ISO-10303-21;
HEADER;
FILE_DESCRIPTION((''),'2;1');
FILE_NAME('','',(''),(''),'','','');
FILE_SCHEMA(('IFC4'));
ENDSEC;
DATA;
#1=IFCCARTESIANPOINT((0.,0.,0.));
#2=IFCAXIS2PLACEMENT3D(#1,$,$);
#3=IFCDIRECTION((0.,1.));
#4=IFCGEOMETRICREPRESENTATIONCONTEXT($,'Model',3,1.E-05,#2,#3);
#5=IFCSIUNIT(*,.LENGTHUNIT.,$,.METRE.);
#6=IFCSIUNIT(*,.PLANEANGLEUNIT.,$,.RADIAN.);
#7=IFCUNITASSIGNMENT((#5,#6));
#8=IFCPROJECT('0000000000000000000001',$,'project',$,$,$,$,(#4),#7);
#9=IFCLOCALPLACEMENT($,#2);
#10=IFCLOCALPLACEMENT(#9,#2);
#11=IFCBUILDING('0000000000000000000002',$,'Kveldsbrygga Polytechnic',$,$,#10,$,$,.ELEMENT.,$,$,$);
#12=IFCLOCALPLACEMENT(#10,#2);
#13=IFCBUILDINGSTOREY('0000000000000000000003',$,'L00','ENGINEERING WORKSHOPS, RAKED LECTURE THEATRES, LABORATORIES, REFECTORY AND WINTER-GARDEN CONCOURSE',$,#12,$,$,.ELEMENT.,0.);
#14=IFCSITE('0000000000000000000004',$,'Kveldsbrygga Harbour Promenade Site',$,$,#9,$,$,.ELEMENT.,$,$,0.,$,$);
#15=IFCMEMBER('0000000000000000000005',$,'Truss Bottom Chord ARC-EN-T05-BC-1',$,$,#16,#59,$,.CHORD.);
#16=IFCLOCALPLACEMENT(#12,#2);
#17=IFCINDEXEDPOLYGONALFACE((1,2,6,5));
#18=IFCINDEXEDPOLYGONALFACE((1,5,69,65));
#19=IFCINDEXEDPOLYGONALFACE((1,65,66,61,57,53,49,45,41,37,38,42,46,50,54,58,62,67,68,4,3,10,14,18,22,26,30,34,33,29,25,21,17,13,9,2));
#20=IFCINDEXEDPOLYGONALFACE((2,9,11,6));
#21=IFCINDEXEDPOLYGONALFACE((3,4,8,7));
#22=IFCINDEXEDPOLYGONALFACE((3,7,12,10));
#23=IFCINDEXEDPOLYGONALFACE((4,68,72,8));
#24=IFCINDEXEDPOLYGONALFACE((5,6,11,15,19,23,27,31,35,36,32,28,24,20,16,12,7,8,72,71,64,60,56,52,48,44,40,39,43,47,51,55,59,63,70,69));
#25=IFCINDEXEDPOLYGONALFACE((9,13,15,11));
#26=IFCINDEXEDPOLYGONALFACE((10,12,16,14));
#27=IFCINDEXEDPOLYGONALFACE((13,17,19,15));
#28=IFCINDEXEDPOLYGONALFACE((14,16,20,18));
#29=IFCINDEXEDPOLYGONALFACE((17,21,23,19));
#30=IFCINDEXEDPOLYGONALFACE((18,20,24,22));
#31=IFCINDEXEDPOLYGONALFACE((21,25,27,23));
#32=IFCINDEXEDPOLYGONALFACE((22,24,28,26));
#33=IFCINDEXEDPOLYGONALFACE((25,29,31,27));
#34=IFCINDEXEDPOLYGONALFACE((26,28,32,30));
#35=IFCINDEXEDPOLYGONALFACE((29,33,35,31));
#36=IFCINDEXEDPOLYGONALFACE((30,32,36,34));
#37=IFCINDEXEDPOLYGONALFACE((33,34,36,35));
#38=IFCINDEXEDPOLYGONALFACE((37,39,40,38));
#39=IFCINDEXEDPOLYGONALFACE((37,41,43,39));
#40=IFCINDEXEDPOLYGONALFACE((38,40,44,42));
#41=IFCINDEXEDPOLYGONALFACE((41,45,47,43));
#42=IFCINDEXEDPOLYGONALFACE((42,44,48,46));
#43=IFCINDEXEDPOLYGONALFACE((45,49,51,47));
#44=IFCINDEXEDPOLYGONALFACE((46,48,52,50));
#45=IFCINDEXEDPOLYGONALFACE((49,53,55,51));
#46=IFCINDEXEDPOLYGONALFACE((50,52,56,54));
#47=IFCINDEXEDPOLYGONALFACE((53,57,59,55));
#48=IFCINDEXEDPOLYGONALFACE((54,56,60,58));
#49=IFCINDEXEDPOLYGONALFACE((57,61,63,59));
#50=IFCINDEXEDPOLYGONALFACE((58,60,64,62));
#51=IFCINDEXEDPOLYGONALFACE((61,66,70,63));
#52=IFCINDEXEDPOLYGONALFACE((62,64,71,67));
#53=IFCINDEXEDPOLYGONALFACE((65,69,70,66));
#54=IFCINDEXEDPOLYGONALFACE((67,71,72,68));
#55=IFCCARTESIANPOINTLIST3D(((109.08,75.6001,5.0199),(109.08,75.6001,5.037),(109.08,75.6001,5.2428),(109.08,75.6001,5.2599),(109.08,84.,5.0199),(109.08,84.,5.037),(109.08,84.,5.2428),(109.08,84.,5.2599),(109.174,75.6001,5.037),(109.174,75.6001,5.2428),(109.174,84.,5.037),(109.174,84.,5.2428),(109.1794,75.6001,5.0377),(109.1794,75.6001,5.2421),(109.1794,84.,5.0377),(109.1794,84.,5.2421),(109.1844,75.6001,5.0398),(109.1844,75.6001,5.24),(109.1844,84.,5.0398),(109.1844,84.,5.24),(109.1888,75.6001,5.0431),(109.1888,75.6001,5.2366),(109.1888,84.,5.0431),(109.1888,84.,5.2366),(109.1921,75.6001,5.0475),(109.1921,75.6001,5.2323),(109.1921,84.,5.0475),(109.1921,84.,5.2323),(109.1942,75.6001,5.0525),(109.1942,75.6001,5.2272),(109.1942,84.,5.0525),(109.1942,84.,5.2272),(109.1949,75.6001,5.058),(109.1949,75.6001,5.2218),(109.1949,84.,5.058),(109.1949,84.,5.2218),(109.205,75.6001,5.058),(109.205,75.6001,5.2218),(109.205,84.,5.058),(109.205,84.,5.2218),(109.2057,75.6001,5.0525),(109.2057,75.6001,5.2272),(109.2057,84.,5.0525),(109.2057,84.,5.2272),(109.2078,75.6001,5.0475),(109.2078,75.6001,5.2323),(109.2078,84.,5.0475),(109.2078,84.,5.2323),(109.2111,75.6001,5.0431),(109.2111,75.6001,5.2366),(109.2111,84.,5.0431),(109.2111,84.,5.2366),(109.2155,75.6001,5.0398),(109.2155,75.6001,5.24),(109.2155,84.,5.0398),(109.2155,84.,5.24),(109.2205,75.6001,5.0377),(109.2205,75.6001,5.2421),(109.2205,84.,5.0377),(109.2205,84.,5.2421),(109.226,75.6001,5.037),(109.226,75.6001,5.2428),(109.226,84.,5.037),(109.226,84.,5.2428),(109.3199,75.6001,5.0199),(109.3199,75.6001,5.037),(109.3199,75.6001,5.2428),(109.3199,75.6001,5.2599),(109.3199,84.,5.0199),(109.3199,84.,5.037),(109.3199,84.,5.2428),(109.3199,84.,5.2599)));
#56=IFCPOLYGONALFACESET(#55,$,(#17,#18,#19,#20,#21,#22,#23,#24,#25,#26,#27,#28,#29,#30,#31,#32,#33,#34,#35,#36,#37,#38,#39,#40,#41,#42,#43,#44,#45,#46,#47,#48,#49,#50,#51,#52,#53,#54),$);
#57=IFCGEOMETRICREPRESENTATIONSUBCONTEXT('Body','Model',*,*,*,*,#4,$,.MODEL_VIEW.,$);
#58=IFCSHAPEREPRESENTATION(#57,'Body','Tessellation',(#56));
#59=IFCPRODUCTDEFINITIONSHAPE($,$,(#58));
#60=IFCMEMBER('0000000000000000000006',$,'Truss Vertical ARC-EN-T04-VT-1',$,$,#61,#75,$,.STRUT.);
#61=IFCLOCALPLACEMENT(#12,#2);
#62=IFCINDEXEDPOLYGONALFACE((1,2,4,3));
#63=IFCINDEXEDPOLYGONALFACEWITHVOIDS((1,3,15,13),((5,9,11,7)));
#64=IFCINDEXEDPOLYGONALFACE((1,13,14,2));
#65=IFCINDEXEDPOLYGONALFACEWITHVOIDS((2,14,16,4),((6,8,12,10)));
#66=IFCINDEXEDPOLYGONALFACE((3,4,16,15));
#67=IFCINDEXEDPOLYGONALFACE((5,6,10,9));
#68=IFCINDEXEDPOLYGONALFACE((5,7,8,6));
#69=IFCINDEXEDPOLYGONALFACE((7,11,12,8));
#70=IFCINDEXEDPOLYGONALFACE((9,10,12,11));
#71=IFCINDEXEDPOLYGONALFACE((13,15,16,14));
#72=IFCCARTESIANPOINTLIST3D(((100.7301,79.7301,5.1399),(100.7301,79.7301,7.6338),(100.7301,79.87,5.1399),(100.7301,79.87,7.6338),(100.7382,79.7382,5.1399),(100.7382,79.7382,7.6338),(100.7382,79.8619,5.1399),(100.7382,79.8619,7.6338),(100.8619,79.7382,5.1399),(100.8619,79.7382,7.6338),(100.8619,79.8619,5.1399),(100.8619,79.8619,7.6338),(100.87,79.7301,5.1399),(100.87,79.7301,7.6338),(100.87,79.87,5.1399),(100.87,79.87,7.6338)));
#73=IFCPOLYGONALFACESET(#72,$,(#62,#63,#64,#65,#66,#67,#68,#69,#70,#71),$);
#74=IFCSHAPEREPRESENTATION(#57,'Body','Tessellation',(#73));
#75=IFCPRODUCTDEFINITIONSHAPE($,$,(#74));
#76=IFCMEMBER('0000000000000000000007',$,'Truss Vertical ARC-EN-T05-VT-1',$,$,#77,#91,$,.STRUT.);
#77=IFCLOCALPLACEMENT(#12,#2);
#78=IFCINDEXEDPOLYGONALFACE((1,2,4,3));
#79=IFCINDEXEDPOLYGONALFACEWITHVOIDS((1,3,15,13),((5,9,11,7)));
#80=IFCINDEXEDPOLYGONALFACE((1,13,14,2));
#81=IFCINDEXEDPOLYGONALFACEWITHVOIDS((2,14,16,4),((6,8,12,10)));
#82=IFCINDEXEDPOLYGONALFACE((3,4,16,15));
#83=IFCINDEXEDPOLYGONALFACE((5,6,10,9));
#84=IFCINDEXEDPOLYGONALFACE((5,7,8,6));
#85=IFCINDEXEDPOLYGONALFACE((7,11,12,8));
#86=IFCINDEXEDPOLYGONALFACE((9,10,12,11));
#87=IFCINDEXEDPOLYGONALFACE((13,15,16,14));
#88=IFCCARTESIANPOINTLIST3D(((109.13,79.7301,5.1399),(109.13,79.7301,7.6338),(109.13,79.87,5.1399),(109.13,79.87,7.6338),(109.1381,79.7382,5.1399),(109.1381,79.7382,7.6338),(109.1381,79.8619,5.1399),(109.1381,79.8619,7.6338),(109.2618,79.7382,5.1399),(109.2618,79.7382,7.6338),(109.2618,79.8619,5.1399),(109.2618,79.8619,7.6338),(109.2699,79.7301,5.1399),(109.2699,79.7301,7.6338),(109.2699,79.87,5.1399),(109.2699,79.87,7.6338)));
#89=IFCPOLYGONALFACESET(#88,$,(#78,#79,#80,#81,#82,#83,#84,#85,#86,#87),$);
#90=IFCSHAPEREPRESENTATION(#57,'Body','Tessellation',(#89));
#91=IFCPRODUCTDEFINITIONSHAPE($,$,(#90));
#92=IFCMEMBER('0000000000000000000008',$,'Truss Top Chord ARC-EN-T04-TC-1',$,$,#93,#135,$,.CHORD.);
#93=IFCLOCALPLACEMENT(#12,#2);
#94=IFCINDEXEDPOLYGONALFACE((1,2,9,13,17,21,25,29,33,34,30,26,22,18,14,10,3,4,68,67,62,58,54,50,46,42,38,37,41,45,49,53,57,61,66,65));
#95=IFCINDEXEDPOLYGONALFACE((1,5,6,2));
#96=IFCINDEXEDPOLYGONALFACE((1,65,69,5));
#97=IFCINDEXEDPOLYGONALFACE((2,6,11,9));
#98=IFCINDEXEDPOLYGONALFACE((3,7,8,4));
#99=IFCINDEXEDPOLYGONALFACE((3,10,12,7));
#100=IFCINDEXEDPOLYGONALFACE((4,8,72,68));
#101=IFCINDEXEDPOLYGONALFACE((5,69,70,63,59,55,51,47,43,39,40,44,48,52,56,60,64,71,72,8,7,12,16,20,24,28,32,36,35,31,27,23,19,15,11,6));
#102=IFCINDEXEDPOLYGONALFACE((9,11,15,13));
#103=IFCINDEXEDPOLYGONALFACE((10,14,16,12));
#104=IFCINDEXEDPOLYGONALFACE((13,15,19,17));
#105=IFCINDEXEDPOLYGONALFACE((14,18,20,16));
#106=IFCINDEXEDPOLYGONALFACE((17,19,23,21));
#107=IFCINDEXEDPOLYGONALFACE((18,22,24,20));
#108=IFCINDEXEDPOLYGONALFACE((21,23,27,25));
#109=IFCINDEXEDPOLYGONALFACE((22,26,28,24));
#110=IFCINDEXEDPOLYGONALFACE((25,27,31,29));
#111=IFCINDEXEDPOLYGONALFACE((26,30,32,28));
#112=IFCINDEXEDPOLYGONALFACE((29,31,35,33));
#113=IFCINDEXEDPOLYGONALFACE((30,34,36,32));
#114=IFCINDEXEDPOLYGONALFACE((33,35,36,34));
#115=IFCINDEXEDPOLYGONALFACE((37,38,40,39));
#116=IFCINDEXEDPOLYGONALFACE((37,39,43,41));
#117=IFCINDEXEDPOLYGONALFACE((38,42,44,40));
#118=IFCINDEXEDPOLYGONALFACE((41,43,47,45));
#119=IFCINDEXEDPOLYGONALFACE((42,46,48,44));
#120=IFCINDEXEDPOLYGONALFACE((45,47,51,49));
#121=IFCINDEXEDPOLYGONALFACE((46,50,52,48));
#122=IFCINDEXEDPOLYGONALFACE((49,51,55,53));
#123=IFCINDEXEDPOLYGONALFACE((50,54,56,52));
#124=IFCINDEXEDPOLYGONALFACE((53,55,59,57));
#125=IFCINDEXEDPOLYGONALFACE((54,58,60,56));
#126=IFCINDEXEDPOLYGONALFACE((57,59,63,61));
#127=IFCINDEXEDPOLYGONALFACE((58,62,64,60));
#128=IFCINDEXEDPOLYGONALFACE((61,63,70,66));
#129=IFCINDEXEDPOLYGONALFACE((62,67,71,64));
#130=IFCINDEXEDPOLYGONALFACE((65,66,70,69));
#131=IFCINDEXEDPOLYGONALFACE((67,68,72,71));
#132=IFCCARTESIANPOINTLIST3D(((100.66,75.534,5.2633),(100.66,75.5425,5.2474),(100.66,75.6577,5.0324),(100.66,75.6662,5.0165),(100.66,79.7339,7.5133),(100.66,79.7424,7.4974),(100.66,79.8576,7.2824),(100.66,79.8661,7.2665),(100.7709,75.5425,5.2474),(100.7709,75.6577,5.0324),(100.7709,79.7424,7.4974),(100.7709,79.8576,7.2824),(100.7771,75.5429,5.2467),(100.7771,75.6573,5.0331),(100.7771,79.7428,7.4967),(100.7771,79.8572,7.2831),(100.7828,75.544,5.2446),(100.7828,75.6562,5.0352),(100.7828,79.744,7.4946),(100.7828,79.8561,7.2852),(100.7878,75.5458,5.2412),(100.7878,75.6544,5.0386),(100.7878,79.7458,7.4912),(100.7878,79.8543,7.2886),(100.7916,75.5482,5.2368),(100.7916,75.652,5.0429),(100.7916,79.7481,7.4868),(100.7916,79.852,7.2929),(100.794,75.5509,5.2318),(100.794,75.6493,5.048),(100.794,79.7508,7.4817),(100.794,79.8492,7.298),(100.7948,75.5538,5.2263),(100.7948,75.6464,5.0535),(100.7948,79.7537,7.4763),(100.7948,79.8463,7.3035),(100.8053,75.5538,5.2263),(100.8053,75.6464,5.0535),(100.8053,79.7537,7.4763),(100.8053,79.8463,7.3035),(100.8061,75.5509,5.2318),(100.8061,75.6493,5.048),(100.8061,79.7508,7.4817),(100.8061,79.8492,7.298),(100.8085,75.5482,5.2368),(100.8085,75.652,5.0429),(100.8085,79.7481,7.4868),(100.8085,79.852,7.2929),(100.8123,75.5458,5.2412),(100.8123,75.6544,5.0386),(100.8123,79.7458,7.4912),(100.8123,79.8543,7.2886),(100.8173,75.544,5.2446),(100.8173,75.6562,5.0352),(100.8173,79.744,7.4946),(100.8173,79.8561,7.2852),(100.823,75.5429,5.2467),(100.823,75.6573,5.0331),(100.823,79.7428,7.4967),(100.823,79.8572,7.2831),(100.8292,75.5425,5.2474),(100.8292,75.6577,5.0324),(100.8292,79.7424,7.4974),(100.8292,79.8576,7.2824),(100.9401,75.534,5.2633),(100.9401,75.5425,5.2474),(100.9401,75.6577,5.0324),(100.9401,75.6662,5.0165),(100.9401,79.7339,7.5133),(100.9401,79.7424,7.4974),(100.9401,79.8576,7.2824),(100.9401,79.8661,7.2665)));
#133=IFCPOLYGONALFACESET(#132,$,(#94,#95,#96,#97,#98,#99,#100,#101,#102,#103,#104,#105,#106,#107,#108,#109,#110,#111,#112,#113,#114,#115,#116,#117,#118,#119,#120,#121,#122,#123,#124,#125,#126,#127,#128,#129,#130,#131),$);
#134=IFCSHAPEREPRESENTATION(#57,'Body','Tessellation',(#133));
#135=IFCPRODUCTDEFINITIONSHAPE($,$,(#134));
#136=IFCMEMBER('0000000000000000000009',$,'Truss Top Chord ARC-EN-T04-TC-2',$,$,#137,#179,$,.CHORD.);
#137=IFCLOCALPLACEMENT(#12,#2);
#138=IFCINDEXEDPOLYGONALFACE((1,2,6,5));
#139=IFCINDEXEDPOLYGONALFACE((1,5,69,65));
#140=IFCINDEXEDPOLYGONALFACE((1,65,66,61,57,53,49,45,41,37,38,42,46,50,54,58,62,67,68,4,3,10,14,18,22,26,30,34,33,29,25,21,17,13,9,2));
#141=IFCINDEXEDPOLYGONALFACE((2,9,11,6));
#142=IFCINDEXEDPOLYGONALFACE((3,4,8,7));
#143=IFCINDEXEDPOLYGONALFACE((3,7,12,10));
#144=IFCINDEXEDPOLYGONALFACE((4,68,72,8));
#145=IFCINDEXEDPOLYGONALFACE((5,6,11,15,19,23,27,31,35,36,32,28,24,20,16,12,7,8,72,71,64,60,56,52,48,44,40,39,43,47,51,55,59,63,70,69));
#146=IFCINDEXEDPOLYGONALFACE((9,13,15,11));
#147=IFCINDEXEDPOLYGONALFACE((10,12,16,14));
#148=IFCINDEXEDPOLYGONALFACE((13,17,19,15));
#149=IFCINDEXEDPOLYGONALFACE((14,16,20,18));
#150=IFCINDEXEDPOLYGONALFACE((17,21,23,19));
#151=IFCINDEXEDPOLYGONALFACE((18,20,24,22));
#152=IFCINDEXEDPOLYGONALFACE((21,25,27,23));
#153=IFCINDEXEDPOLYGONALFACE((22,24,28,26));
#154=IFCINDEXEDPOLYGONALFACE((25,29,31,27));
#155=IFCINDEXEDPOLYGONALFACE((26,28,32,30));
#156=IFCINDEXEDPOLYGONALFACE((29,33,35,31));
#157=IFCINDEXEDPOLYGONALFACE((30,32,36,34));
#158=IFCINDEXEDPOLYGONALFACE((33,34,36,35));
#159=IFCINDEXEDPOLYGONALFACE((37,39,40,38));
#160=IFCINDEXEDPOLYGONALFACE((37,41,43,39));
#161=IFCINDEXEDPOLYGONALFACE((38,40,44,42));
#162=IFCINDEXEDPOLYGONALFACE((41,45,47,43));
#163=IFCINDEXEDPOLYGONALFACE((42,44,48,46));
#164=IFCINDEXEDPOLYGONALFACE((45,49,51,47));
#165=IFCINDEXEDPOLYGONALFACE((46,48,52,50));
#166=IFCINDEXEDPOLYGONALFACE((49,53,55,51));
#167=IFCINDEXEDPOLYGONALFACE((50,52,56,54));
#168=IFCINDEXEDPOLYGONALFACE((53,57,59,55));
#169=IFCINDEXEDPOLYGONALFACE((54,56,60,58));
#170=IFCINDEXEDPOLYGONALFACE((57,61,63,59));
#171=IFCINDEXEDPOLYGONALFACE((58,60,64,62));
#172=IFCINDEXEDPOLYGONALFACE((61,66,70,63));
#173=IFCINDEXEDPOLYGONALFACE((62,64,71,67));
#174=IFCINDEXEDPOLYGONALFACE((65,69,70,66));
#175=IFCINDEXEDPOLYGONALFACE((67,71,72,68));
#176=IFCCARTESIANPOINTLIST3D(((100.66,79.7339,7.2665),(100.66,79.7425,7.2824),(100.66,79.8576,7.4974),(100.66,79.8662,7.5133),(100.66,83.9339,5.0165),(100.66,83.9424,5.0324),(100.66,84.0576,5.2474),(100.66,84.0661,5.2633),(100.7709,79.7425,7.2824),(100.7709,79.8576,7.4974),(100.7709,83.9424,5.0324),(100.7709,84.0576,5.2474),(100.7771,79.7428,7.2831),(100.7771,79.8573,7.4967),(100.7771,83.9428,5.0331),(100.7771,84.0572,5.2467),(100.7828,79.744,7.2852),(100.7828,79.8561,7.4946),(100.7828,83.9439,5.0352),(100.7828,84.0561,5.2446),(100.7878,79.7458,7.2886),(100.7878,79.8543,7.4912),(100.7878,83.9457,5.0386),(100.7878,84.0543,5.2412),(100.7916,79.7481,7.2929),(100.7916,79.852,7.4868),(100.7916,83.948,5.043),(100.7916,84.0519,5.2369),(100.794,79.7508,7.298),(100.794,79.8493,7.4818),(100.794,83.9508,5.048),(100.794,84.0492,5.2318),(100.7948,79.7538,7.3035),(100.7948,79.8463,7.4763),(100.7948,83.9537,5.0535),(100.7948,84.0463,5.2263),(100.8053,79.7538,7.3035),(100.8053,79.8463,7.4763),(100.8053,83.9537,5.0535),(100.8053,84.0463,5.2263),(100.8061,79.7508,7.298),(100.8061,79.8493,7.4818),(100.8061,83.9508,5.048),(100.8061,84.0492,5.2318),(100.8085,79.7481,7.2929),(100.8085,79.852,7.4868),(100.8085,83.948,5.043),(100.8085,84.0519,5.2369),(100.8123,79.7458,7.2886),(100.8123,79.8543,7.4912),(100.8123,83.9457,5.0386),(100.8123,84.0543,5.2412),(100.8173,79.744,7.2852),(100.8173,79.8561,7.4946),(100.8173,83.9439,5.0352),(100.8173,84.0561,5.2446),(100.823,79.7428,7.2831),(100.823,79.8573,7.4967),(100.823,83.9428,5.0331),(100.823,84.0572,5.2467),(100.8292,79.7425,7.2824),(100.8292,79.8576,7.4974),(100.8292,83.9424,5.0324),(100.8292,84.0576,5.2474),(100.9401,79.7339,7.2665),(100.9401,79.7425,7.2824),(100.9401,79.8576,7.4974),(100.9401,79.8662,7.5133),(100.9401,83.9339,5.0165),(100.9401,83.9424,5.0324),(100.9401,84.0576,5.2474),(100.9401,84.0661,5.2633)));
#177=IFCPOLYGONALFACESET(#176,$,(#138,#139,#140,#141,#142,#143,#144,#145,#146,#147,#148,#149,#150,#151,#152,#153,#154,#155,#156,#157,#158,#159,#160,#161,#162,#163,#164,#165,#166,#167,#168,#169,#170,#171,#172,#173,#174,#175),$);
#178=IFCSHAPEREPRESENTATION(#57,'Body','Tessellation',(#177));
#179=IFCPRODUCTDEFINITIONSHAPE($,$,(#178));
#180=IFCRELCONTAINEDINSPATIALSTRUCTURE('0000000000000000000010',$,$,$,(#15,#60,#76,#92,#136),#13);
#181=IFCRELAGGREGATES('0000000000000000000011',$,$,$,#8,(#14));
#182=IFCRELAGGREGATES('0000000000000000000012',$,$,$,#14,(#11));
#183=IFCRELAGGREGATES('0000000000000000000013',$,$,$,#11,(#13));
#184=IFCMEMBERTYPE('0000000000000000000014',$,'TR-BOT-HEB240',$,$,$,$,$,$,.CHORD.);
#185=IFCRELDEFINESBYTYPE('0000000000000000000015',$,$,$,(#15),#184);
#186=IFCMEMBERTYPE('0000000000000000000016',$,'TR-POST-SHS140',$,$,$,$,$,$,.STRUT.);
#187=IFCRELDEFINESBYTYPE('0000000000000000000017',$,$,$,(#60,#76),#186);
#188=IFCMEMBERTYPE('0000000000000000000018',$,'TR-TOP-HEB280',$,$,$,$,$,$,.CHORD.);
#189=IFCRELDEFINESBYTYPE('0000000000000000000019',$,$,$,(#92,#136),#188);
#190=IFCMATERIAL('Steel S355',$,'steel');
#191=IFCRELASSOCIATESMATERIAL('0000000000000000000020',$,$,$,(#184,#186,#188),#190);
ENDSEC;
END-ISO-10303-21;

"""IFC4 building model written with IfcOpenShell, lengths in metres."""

from ifc_helpers import new_model, si_unit, direction, frame, origin, origin_2d, place, context, subcontext, project, spatial, hollow_rectangle, i_section, extrude, material, material_profile, profile_set, type_object, element, save


model = new_model("IFC4")

# Units and contexts
model_context = context("Model", 3, precision=1e-05, world=origin(), true_north=direction((0.0, 1.0)))
body_context = subcontext(model_context, "Body", "Model", "MODEL_VIEW")
ifc_project = project(units=[si_unit("LENGTHUNIT", "METRE"), si_unit("PLANEANGLEUNIT", "RADIAN")], contexts=[model_context])

# Site, building, storey
site_placement = place(None, origin())
site = spatial("IfcSite", under=ifc_project, at=site_placement, Name="Kveldsbrygga Harbour Promenade Site", CompositionType="ELEMENT", RefElevation=0.0)
building_placement = place(site_placement, origin())
building = spatial("IfcBuilding", under=site, at=building_placement, Name="Kveldsbrygga Polytechnic", CompositionType="ELEMENT")
storey_placement = place(building_placement, origin())
storey = spatial("IfcBuildingStorey", under=building, at=storey_placement, Name="L00", Description="ENGINEERING WORKSHOPS, RAKED LECTURE THEATRES, LABORATORIES, REFECTORY AND WINTER-GARDEN CONCOURSE", CompositionType="ELEMENT", Elevation=0.0)

# Members
ifc_material_1 = material(Name="Steel S355", Category="steel")
ifc_material_profile_1 = material_profile(ifc_material_1, i_section(OverallWidth=0.24, OverallDepth=0.24, WebThickness=0.01, FlangeThickness=0.0171, FilletRadius=0.021, at=origin_2d()), Name="HEB 240")
ifc_profile_set_1 = profile_set([ifc_material_profile_1], Name="Steel S355")
member_type_1 = type_object("IfcMemberType", Name="TR-BOT-HEB240", PredefinedType="CHORD", material=ifc_profile_set_1)
member_1_placement = place(storey_placement, frame((109.2, 75.6001, 5.1399), z_axis=(0.0, 1.0, 0.0), x_axis=(-1.0, 0.0, 0.0)))
element("IfcMember", 1, at=member_1_placement, inside=storey, type_object=member_type_1, Name="Truss Bottom Chord ARC-EN-T05-BC-1", PredefinedType="CHORD", context=body_context, shape_type="SweptSolid", body=[
    extrude(i_section(OverallWidth=0.24, OverallDepth=0.24, WebThickness=0.01, FlangeThickness=0.0171, FilletRadius=0.021, at=origin_2d()), origin(), (0.0, 0.0, 1.0), 8.3999),
])
ifc_material_profile_2 = material_profile(ifc_material_1, hollow_rectangle(XDim=0.1399, YDim=0.1399, WallThickness=0.0081, at=origin_2d()), Name="SHS 140x140x8.0")
ifc_profile_set_2 = profile_set([ifc_material_profile_2], Name="Steel S355")
member_type_2 = type_object("IfcMemberType", Name="TR-POST-SHS140", PredefinedType="STRUT", material=ifc_profile_set_2)
for number, where, z_axis, x_axis, name in (
    (2, (100.8, 79.8, 5.1399), (0.0, 0.0, 1.0), (1.0, 0.0, 0.0), "Truss Vertical ARC-EN-T04-VT-1"),
    (3, (109.2, 79.8, 5.1399), (0.0, 0.0, 1.0), (1.0, 0.0, 0.0), "Truss Vertical ARC-EN-T05-VT-1"),
):
    element("IfcMember", number, at=place(storey_placement, frame(where, z_axis=z_axis, x_axis=x_axis)), inside=storey, type_object=member_type_2, Name=name, PredefinedType="STRUT", context=body_context, shape_type="SweptSolid", body=[
        extrude(hollow_rectangle(XDim=0.1399, YDim=0.1399, WallThickness=0.0081, at=origin_2d()), origin(), (0.0, 0.0, 1.0), 2.4939),
    ])
ifc_material_profile_3 = material_profile(ifc_material_1, i_section(OverallWidth=0.28, OverallDepth=0.28, WebThickness=0.0105, FlangeThickness=0.0181, FilletRadius=0.0239, at=origin_2d()), Name="HEB 280")
ifc_profile_set_3 = profile_set([ifc_material_profile_3], Name="Steel S355")
member_type_3 = type_object("IfcMemberType", Name="TR-TOP-HEB280", PredefinedType="CHORD", material=ifc_profile_set_3)
for number, where, z_axis, x_axis, name in (
    (4, (100.8, 75.6001, 5.1399), (0.0, 0.881478, 0.472226), (-1.0, 0.0, 0.0), "Truss Top Chord ARC-EN-T04-TC-1"),
    (5, (100.8, 79.8, 7.3899), (0.0, 0.881478, -0.472226), (-1.0, 0.0, 0.0), "Truss Top Chord ARC-EN-T04-TC-2"),
):
    element("IfcMember", number, at=place(storey_placement, frame(where, z_axis=z_axis, x_axis=x_axis)), inside=storey, type_object=member_type_3, Name=name, PredefinedType="CHORD", context=body_context, shape_type="SweptSolid", body=[
        extrude(i_section(OverallWidth=0.28, OverallDepth=0.28, WebThickness=0.0105, FlangeThickness=0.0181, FilletRadius=0.0239, at=origin_2d()), origin(), (0.0, 0.0, 1.0), 4.7646),
    ])

save(model, "model.ifc")
